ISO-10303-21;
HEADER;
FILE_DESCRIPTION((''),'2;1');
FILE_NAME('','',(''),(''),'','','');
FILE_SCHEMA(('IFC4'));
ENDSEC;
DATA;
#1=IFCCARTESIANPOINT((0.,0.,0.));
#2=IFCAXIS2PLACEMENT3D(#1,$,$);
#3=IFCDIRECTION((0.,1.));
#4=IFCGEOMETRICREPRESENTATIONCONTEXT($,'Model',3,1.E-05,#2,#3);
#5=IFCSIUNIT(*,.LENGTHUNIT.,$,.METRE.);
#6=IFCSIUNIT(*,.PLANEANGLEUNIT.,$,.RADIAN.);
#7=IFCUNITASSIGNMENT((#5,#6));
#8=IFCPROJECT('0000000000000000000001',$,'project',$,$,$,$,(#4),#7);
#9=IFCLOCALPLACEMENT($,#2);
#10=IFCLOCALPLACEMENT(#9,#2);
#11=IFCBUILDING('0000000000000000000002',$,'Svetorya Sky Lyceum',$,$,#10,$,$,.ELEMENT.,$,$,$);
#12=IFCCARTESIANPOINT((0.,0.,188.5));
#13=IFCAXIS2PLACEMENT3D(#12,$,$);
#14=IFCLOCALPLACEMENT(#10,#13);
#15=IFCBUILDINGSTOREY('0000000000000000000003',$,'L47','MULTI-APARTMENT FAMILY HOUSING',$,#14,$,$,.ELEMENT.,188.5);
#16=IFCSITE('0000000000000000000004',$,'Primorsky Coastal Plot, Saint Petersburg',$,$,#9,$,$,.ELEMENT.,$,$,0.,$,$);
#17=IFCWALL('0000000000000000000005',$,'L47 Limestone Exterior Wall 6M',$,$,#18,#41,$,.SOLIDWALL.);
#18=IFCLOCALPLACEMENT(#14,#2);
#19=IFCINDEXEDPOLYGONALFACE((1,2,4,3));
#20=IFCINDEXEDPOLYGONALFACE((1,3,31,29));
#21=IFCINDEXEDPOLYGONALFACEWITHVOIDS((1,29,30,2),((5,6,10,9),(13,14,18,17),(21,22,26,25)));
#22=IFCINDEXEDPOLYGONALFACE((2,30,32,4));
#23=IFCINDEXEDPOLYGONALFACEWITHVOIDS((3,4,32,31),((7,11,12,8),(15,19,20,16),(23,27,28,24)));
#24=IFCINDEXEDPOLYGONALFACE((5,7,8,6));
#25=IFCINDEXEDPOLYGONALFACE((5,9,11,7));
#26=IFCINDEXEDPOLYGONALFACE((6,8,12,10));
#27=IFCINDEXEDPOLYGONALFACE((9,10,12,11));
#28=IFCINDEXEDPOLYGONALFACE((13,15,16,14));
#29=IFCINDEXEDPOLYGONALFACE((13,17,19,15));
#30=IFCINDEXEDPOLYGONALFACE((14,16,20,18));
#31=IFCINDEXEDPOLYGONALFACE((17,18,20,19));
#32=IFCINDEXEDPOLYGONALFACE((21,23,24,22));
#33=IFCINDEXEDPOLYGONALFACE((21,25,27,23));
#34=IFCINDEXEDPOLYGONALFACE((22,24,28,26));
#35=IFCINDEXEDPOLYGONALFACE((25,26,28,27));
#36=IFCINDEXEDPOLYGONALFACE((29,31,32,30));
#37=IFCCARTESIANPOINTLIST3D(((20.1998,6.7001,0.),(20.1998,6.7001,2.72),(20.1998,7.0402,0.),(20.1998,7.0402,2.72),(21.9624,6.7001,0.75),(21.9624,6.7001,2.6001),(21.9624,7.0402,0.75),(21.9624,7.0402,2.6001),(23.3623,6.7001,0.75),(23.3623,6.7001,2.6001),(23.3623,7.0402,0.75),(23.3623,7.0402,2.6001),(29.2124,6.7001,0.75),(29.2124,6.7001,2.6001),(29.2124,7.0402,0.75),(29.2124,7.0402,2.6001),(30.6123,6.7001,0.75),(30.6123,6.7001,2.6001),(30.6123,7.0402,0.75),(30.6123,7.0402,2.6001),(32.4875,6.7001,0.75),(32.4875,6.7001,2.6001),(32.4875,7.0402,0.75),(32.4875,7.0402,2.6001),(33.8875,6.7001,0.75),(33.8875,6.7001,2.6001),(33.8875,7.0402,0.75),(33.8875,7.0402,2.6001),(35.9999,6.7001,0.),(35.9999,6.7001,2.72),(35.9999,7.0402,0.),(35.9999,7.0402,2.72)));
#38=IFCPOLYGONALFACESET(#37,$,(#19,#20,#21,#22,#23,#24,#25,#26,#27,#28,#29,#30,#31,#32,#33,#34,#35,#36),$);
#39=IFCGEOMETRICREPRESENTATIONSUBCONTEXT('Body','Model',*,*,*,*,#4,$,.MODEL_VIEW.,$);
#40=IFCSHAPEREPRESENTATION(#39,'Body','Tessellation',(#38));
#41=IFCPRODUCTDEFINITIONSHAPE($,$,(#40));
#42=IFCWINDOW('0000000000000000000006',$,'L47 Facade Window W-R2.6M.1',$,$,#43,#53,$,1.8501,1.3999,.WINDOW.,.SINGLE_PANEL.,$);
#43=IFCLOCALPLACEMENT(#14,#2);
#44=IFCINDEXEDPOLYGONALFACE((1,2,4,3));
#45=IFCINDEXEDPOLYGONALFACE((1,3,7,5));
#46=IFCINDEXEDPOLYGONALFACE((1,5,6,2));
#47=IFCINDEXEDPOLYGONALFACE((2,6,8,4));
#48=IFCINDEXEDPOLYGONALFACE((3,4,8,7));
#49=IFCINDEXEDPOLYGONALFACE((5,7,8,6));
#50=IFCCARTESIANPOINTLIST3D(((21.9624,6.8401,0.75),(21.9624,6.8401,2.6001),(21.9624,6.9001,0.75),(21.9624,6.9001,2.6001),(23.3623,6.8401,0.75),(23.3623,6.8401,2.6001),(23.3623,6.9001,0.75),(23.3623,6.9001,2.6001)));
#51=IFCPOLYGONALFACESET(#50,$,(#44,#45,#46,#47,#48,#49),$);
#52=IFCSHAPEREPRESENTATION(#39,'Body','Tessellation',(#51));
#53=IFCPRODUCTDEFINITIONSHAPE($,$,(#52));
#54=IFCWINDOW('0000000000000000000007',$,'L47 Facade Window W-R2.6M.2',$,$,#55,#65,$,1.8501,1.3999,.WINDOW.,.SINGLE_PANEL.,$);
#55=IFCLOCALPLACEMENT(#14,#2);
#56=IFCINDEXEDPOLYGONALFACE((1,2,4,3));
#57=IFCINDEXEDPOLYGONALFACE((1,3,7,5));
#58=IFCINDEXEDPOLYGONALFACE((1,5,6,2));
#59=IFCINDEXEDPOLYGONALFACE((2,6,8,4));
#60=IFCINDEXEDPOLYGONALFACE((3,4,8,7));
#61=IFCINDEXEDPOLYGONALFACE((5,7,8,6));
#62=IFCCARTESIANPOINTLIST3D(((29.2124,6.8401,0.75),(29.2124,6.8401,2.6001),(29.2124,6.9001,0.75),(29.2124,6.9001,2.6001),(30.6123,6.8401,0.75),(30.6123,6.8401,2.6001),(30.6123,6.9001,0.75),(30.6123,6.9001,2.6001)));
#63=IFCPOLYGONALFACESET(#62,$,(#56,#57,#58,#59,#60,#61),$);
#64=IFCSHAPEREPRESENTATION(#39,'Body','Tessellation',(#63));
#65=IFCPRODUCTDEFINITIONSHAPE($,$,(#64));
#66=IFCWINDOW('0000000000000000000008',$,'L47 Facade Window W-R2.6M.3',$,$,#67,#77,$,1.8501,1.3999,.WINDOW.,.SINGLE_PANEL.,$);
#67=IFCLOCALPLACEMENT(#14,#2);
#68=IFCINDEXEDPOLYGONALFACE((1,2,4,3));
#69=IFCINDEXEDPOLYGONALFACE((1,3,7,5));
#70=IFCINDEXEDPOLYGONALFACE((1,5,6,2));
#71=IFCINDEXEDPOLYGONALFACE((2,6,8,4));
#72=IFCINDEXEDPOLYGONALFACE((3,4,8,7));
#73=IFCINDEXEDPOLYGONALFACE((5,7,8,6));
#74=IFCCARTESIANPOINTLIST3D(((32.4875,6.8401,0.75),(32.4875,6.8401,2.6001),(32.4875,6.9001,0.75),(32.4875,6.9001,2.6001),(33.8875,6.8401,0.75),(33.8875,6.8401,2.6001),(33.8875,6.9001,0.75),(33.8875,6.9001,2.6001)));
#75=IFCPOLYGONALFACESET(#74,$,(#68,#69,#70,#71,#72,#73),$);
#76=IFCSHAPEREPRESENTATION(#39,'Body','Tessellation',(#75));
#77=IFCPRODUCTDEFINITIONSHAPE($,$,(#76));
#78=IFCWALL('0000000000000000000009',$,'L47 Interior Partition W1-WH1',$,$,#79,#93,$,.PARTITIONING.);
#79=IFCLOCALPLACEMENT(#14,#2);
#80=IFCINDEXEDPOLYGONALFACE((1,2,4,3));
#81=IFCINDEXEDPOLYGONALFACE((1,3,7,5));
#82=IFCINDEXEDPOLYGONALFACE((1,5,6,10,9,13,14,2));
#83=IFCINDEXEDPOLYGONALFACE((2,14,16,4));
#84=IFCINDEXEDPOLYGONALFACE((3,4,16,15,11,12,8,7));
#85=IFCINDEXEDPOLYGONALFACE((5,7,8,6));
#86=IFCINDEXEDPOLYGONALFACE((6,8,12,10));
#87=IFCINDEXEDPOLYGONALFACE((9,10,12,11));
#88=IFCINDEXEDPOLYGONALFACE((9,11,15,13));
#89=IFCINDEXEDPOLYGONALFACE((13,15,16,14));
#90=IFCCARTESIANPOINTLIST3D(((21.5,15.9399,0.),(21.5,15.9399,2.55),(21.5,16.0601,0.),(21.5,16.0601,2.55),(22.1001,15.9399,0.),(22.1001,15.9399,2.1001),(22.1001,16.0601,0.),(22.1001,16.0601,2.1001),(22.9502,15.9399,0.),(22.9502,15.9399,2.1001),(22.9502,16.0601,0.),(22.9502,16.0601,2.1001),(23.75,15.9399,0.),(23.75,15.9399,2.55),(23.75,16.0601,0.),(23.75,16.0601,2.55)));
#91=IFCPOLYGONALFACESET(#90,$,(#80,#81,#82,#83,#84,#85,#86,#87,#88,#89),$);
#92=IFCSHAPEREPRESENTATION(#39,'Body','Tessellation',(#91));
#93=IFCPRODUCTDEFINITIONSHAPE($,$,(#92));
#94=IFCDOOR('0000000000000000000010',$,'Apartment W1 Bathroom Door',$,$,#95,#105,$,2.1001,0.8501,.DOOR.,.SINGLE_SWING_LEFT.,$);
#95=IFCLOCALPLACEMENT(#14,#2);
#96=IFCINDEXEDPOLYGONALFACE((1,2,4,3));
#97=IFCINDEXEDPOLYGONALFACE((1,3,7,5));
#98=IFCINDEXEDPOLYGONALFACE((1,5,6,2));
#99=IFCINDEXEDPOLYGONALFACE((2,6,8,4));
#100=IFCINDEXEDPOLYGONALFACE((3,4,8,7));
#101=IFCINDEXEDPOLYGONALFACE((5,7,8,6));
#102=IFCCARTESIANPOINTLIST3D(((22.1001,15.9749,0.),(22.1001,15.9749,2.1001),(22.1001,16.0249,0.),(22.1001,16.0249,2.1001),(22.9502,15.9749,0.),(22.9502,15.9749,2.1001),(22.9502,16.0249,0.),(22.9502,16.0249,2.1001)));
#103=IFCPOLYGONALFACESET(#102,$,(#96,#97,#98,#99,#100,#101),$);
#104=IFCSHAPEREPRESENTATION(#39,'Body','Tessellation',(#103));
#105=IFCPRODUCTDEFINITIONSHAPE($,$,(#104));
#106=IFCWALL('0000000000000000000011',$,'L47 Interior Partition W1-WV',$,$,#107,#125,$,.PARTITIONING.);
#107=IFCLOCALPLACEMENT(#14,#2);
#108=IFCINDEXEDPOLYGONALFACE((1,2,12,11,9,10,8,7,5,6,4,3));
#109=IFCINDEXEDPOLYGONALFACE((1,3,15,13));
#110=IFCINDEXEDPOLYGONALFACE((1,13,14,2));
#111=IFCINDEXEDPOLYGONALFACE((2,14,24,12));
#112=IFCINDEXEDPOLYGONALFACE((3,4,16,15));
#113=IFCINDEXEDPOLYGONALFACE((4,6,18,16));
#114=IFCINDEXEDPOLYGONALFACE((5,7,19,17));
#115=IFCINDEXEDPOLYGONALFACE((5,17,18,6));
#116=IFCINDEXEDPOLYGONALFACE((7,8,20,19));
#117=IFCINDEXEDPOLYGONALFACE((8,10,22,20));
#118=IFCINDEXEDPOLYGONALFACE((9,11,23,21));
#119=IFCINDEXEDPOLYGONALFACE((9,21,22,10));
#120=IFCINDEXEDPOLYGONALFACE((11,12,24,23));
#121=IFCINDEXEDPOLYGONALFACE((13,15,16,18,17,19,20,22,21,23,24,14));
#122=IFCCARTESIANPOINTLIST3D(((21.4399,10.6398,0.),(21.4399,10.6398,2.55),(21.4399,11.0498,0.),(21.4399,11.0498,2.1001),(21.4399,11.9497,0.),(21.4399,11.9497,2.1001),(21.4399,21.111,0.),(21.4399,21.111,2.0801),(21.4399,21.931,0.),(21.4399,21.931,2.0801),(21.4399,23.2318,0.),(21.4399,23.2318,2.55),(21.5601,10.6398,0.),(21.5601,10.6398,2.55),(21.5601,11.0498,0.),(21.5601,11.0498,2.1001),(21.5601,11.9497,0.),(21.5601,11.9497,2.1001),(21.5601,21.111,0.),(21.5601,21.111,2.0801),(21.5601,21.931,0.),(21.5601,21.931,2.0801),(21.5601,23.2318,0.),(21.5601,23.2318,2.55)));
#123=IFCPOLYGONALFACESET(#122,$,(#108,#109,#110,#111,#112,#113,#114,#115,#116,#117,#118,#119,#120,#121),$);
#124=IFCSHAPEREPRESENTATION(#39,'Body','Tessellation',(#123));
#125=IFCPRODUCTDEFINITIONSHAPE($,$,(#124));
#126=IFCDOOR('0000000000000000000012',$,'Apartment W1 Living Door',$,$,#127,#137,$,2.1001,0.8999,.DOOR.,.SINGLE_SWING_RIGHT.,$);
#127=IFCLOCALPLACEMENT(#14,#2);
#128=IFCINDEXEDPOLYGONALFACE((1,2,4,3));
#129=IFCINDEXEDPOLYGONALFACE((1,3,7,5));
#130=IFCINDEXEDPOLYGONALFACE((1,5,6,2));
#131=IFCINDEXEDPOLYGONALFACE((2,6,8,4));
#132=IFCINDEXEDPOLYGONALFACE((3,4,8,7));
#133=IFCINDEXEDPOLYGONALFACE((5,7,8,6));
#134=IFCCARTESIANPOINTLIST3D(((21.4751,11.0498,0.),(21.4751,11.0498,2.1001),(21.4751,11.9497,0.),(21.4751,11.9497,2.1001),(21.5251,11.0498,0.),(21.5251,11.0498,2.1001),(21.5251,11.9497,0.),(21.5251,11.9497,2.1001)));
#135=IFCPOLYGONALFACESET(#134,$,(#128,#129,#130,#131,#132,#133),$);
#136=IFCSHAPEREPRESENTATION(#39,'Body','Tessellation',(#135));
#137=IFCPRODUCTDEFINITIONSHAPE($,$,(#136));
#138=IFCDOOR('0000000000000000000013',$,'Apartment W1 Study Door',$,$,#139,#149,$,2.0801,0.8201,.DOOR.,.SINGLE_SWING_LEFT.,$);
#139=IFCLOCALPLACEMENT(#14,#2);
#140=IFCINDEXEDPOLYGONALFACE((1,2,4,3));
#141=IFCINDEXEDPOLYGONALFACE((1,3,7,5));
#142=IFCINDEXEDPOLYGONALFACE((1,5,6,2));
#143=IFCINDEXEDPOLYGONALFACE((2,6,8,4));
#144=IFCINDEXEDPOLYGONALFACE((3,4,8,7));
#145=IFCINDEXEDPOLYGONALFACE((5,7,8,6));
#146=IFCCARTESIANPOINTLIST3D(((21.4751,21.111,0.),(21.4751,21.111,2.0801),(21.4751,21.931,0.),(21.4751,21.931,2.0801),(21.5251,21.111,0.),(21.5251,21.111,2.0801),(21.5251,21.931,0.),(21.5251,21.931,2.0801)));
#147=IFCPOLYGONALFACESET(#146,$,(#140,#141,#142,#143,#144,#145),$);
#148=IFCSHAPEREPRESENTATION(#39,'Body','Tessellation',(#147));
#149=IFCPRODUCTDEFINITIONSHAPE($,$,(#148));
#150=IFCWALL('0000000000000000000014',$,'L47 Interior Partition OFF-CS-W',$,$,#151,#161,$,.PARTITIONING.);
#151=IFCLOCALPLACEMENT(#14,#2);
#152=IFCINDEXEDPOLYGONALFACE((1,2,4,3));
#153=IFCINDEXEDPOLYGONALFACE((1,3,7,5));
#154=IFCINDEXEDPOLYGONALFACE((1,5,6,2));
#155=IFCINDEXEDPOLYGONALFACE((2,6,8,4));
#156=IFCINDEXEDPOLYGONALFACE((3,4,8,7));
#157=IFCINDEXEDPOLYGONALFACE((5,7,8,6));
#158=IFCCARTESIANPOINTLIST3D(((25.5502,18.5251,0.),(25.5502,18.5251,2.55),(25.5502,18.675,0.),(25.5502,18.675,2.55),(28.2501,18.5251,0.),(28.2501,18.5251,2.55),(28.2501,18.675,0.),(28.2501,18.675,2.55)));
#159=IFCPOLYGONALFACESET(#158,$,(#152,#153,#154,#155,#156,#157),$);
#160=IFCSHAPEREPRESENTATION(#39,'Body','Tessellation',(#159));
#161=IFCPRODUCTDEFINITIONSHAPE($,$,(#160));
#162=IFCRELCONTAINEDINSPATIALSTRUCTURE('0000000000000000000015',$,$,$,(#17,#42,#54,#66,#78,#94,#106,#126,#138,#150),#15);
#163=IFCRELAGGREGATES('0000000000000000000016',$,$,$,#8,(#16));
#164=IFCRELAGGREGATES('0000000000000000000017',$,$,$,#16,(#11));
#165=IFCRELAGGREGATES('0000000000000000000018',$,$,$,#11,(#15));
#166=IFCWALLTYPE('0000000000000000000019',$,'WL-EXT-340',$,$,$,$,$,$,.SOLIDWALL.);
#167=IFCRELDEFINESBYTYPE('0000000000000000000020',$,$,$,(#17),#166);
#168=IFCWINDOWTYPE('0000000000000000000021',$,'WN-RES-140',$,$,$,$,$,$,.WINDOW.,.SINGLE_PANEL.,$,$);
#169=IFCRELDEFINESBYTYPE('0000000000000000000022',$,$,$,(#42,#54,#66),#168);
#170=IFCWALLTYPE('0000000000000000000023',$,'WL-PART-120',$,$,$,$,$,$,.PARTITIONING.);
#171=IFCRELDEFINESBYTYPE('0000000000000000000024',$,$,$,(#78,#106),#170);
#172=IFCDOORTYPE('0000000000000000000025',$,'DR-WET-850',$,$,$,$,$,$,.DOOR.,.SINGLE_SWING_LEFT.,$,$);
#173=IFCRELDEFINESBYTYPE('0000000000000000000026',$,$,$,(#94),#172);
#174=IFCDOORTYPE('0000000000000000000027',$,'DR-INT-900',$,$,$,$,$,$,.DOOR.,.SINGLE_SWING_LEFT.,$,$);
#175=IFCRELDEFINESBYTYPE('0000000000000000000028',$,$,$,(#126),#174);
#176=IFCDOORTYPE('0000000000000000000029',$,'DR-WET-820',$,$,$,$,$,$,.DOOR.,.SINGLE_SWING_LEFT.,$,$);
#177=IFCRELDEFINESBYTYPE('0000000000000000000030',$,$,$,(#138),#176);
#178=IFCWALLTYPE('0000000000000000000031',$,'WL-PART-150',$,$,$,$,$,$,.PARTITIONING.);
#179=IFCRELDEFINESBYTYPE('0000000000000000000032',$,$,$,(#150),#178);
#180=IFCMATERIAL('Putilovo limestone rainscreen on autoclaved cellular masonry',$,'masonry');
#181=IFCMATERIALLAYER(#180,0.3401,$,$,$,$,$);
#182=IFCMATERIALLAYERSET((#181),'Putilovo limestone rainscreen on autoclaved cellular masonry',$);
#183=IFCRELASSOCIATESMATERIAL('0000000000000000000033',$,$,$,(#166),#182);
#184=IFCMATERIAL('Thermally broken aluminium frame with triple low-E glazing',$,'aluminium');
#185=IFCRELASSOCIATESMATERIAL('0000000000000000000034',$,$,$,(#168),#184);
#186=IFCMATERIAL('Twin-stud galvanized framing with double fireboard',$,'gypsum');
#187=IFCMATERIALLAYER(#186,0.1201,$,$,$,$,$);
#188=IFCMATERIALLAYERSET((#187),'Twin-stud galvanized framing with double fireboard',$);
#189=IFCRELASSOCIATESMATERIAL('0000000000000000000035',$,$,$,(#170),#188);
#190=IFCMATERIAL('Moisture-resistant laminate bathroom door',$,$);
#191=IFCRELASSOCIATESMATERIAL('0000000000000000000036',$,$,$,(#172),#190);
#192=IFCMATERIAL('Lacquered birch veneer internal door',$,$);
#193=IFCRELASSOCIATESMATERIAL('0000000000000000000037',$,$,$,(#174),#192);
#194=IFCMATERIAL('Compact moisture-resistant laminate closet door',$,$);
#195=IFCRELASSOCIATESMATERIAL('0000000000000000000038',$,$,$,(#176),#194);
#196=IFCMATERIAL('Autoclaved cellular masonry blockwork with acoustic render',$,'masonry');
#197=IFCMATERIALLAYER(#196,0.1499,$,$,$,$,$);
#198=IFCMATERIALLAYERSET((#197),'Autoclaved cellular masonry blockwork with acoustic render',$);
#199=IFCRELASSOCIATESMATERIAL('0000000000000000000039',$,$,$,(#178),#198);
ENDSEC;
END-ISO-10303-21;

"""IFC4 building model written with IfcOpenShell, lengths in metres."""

from ifc_helpers import new_model, si_unit, direction, frame, frame_2d, origin, place, context, subcontext, project, spatial, rectangle, extrude, material, layer, layer_set, type_object, element, fill, save


model = new_model("IFC4")

# Units and contexts
model_context = context("Model", 3, precision=1e-05, world=origin(), true_north=direction((0.0, 1.0)))
body_context = subcontext(model_context, "Body", "Model", "MODEL_VIEW")
ifc_project = project(units=[si_unit("LENGTHUNIT", "METRE"), si_unit("PLANEANGLEUNIT", "RADIAN")], contexts=[model_context])

# Site, building, storey
site_placement = place(None, origin())
site = spatial("IfcSite", under=ifc_project, at=site_placement, Name="Primorsky Coastal Plot, Saint Petersburg", CompositionType="ELEMENT", RefElevation=0.0)
building_placement = place(site_placement, origin())
building = spatial("IfcBuilding", under=site, at=building_placement, Name="Svetorya Sky Lyceum", CompositionType="ELEMENT")
storey_placement = place(building_placement, frame((0.0, 0.0, 188.5)))
storey = spatial("IfcBuildingStorey", under=building, at=storey_placement, Name="L47", Description="MULTI-APARTMENT FAMILY HOUSING", CompositionType="ELEMENT", Elevation=188.5)

# Shared definitions
ifc_material_1 = material(Name="Putilovo limestone rainscreen on autoclaved cellular masonry", Category="masonry")
ifc_layer_1 = layer(ifc_material_1, 0.3401)
ifc_layer_set_1 = layer_set([ifc_layer_1], Name="Putilovo limestone rainscreen on autoclaved cellular masonry")
wall_type_1 = type_object("IfcWallType", Name="WL-EXT-340", PredefinedType="SOLIDWALL", material=ifc_layer_set_1)

# Wall, openings, windows
wall_1_placement = place(storey_placement, frame((20.2, 6.8701, 0.0), z_axis=(0.0, 0.0, 1.0), x_axis=(1.0, 0.0, 0.0)))
wall_1 = element("IfcWall", 1, at=wall_1_placement, inside=storey, type_object=wall_type_1, Name="L47 Limestone Exterior Wall 6M", PredefinedType="SOLIDWALL", context=body_context, shape_type="SweptSolid", body=[
    extrude(rectangle(XDim=15.8, YDim=0.3401, at=frame_2d((7.8999, 0.0))), origin(), (0.0, 0.0, 1.0), 2.72),
])
opening_1_placement = place(wall_1_placement, frame((1.7625, 0.0, 0.75)))
opening_1 = element("IfcOpeningElement", 2, at=opening_1_placement, cuts=wall_1, PredefinedType="OPENING", context=body_context, shape_type="SweptSolid", body=[
    extrude(rectangle(XDim=1.3999, YDim=1.8501, at=frame_2d((0.7, 0.925))), frame((0.0, 0.1799, 0.0), z_axis=(0.0, -1.0, 0.0), x_axis=(1.0, 0.0, 0.0)), (0.0, 0.0, 1.0), 0.3601),
])
opening_2_placement = place(wall_1_placement, frame((9.0125, 0.0, 0.75)))
opening_2 = element("IfcOpeningElement", 3, at=opening_2_placement, cuts=wall_1, PredefinedType="OPENING", context=body_context, shape_type="SweptSolid", body=[
    extrude(rectangle(XDim=1.3999, YDim=1.8501, at=frame_2d((0.7, 0.925))), frame((0.0, 0.1799, 0.0), z_axis=(0.0, -1.0, 0.0), x_axis=(1.0, 0.0, 0.0)), (0.0, 0.0, 1.0), 0.3601),
])
opening_3_placement = place(wall_1_placement, frame((12.2876, 0.0, 0.75)))
opening_3 = element("IfcOpeningElement", 4, at=opening_3_placement, cuts=wall_1, PredefinedType="OPENING", context=body_context, shape_type="SweptSolid", body=[
    extrude(rectangle(XDim=1.3999, YDim=1.8501, at=frame_2d((0.7, 0.925))), frame((0.0, 0.1799, 0.0), z_axis=(0.0, -1.0, 0.0), x_axis=(1.0, 0.0, 0.0)), (0.0, 0.0, 1.0), 0.3601),
])
ifc_material_2 = material(Name="Thermally broken aluminium frame with triple low-E glazing", Category="aluminium")
window_type = type_object("IfcWindowType", Name="WN-RES-140", PartitioningType="SINGLE_PANEL", PredefinedType="WINDOW", material=ifc_material_2)
window_1_placement = place(opening_1_placement, origin())
window_1 = element("IfcWindow", 5, at=window_1_placement, inside=storey, type_object=window_type, Name="L47 Facade Window W-R2.6M.1", OverallHeight=1.8501, OverallWidth=1.3999, PartitioningType="SINGLE_PANEL", PredefinedType="WINDOW", context=body_context, shape_type="SweptSolid", body=[
    extrude(rectangle(XDim=1.3999, YDim=1.8501, at=frame_2d((0.7, 0.925))), frame((0.0, 0.03, 0.0), z_axis=(0.0, -1.0, 0.0), x_axis=(1.0, 0.0, 0.0)), (0.0, 0.0, 1.0), 0.0601),
])
fill(opening_1, window_1)
window_2_placement = place(opening_2_placement, origin())
window_2 = element("IfcWindow", 6, at=window_2_placement, inside=storey, type_object=window_type, Name="L47 Facade Window W-R2.6M.2", OverallHeight=1.8501, OverallWidth=1.3999, PartitioningType="SINGLE_PANEL", PredefinedType="WINDOW", context=body_context, shape_type="SweptSolid", body=[
    extrude(rectangle(XDim=1.3999, YDim=1.8501, at=frame_2d((0.7, 0.925))), frame((0.0, 0.03, 0.0), z_axis=(0.0, -1.0, 0.0), x_axis=(1.0, 0.0, 0.0)), (0.0, 0.0, 1.0), 0.0601),
])
fill(opening_2, window_2)
window_3_placement = place(opening_3_placement, origin())
window_3 = element("IfcWindow", 7, at=window_3_placement, inside=storey, type_object=window_type, Name="L47 Facade Window W-R2.6M.3", OverallHeight=1.8501, OverallWidth=1.3999, PartitioningType="SINGLE_PANEL", PredefinedType="WINDOW", context=body_context, shape_type="SweptSolid", body=[
    extrude(rectangle(XDim=1.3999, YDim=1.8501, at=frame_2d((0.7, 0.925))), frame((0.0, 0.03, 0.0), z_axis=(0.0, -1.0, 0.0), x_axis=(1.0, 0.0, 0.0)), (0.0, 0.0, 1.0), 0.0601),
])
fill(opening_3, window_3)

# Wall, opening, door
ifc_material_3 = material(Name="Twin-stud galvanized framing with double fireboard", Category="gypsum")
ifc_layer_2 = layer(ifc_material_3, 0.1201)
ifc_layer_set_2 = layer_set([ifc_layer_2], Name="Twin-stud galvanized framing with double fireboard")
wall_type_2 = type_object("IfcWallType", Name="WL-PART-120", PredefinedType="PARTITIONING", material=ifc_layer_set_2)
wall_2_placement = place(storey_placement, frame((21.5, 16.0, 0.0), z_axis=(0.0, 0.0, 1.0), x_axis=(1.0, 0.0, 0.0)))
wall_2 = element("IfcWall", 8, at=wall_2_placement, inside=storey, type_object=wall_type_2, Name="L47 Interior Partition W1-WH1", PredefinedType="PARTITIONING", context=body_context, shape_type="SweptSolid", body=[
    extrude(rectangle(XDim=2.25, YDim=0.1201, at=frame_2d((1.125, 0.0))), origin(), (0.0, 0.0, 1.0), 2.55),
])
opening_4_placement = place(wall_2_placement, frame((0.6001, 0.0, 0.0)))
opening_4 = element("IfcOpeningElement", 9, at=opening_4_placement, cuts=wall_2, PredefinedType="OPENING", context=body_context, shape_type="SweptSolid", body=[
    extrude(rectangle(XDim=0.8501, YDim=2.1001, at=frame_2d((0.425, 1.05))), frame((0.0, 0.0701, 0.0), z_axis=(0.0, -1.0, 0.0), x_axis=(1.0, 0.0, 0.0)), (0.0, 0.0, 1.0), 0.1401),
])
ifc_material_4 = material(Name="Moisture-resistant laminate bathroom door")
door_type_1 = type_object("IfcDoorType", Name="DR-WET-850", OperationType="SINGLE_SWING_LEFT", PredefinedType="DOOR", material=ifc_material_4)
door_1_placement = place(opening_4_placement, origin())
door_1 = element("IfcDoor", 10, at=door_1_placement, inside=storey, type_object=door_type_1, Name="Apartment W1 Bathroom Door", OperationType="SINGLE_SWING_LEFT", OverallHeight=2.1001, OverallWidth=0.8501, PredefinedType="DOOR", context=body_context, shape_type="SweptSolid", body=[
    extrude(rectangle(XDim=0.8501, YDim=2.1001, at=frame_2d((0.425, 1.05))), frame((0.0, 0.0249, 0.0), z_axis=(0.0, -1.0, 0.0), x_axis=(1.0, 0.0, 0.0)), (0.0, 0.0, 1.0), 0.05),
])
fill(opening_4, door_1)

# Wall, openings, doors
wall_3_placement = place(storey_placement, frame((21.5, 10.6399, 0.0), z_axis=(0.0, 0.0, 1.0), x_axis=(0.0, 1.0, 0.0)))
wall_3 = element("IfcWall", 11, at=wall_3_placement, inside=storey, type_object=wall_type_2, Name="L47 Interior Partition W1-WV", PredefinedType="PARTITIONING", context=body_context, shape_type="SweptSolid", body=[
    extrude(rectangle(XDim=12.592, YDim=0.1201, at=frame_2d((6.2959, 0.0))), origin(), (0.0, 0.0, 1.0), 2.55),
])
opening_5_placement = place(wall_3_placement, frame((0.4099, 0.0, 0.0)))
opening_5 = element("IfcOpeningElement", 12, at=opening_5_placement, cuts=wall_3, PredefinedType="OPENING", context=body_context, shape_type="SweptSolid", body=[
    extrude(rectangle(XDim=0.8999, YDim=2.1001, at=frame_2d((0.45, 1.05))), frame((0.0, 0.0701, 0.0), z_axis=(0.0, -1.0, 0.0), x_axis=(1.0, 0.0, 0.0)), (0.0, 0.0, 1.0), 0.1401),
])
opening_6_placement = place(wall_3_placement, frame((10.4709, 0.0, 0.0)))
opening_6 = element("IfcOpeningElement", 13, at=opening_6_placement, cuts=wall_3, PredefinedType="OPENING", context=body_context, shape_type="SweptSolid", body=[
    extrude(rectangle(XDim=0.8201, YDim=2.0801, at=frame_2d((0.4102, 1.04))), frame((0.0, 0.0701, 0.0), z_axis=(0.0, -1.0, 0.0), x_axis=(1.0, 0.0, 0.0)), (0.0, 0.0, 1.0), 0.1401),
])
ifc_material_5 = material(Name="Lacquered birch veneer internal door")
door_type_2 = type_object("IfcDoorType", Name="DR-INT-900", OperationType="SINGLE_SWING_LEFT", PredefinedType="DOOR", material=ifc_material_5)
door_2_placement = place(opening_5_placement, origin())
door_2 = element("IfcDoor", 14, at=door_2_placement, inside=storey, type_object=door_type_2, Name="Apartment W1 Living Door", OperationType="SINGLE_SWING_RIGHT", OverallHeight=2.1001, OverallWidth=0.8999, PredefinedType="DOOR", context=body_context, shape_type="SweptSolid", body=[
    extrude(rectangle(XDim=0.8999, YDim=2.1001, at=frame_2d((0.45, 1.05))), frame((0.0, 0.0249, 0.0), z_axis=(0.0, -1.0, 0.0), x_axis=(1.0, 0.0, 0.0)), (0.0, 0.0, 1.0), 0.05),
])
fill(opening_5, door_2)
ifc_material_6 = material(Name="Compact moisture-resistant laminate closet door")
door_type_3 = type_object("IfcDoorType", Name="DR-WET-820", OperationType="SINGLE_SWING_LEFT", PredefinedType="DOOR", material=ifc_material_6)
door_3_placement = place(opening_6_placement, origin())
door_3 = element("IfcDoor", 15, at=door_3_placement, inside=storey, type_object=door_type_3, Name="Apartment W1 Study Door", OperationType="SINGLE_SWING_LEFT", OverallHeight=2.0801, OverallWidth=0.8201, PredefinedType="DOOR", context=body_context, shape_type="SweptSolid", body=[
    extrude(rectangle(XDim=0.8201, YDim=2.0801, at=frame_2d((0.4102, 1.04))), frame((0.0, 0.0249, 0.0), z_axis=(0.0, -1.0, 0.0), x_axis=(1.0, 0.0, 0.0)), (0.0, 0.0, 1.0), 0.05),
])
fill(opening_6, door_3)

# Wall
ifc_material_7 = material(Name="Autoclaved cellular masonry blockwork with acoustic render", Category="masonry")
ifc_layer_3 = layer(ifc_material_7, 0.1499)
ifc_layer_set_3 = layer_set([ifc_layer_3], Name="Autoclaved cellular masonry blockwork with acoustic render")
wall_type_3 = type_object("IfcWallType", Name="WL-PART-150", PredefinedType="PARTITIONING", material=ifc_layer_set_3)
wall_4_placement = place(storey_placement, frame((25.55, 18.6001, 0.0), z_axis=(0.0, 0.0, 1.0), x_axis=(1.0, 0.0, 0.0)))
element("IfcWall", 16, at=wall_4_placement, inside=storey, type_object=wall_type_3, Name="L47 Interior Partition OFF-CS-W", PredefinedType="PARTITIONING", context=body_context, shape_type="SweptSolid", body=[
    extrude(rectangle(XDim=2.7, YDim=0.1499, at=frame_2d((1.3501, 0.0))), origin(), (0.0, 0.0, 1.0), 2.55),
])

save(model, "model.ifc")
